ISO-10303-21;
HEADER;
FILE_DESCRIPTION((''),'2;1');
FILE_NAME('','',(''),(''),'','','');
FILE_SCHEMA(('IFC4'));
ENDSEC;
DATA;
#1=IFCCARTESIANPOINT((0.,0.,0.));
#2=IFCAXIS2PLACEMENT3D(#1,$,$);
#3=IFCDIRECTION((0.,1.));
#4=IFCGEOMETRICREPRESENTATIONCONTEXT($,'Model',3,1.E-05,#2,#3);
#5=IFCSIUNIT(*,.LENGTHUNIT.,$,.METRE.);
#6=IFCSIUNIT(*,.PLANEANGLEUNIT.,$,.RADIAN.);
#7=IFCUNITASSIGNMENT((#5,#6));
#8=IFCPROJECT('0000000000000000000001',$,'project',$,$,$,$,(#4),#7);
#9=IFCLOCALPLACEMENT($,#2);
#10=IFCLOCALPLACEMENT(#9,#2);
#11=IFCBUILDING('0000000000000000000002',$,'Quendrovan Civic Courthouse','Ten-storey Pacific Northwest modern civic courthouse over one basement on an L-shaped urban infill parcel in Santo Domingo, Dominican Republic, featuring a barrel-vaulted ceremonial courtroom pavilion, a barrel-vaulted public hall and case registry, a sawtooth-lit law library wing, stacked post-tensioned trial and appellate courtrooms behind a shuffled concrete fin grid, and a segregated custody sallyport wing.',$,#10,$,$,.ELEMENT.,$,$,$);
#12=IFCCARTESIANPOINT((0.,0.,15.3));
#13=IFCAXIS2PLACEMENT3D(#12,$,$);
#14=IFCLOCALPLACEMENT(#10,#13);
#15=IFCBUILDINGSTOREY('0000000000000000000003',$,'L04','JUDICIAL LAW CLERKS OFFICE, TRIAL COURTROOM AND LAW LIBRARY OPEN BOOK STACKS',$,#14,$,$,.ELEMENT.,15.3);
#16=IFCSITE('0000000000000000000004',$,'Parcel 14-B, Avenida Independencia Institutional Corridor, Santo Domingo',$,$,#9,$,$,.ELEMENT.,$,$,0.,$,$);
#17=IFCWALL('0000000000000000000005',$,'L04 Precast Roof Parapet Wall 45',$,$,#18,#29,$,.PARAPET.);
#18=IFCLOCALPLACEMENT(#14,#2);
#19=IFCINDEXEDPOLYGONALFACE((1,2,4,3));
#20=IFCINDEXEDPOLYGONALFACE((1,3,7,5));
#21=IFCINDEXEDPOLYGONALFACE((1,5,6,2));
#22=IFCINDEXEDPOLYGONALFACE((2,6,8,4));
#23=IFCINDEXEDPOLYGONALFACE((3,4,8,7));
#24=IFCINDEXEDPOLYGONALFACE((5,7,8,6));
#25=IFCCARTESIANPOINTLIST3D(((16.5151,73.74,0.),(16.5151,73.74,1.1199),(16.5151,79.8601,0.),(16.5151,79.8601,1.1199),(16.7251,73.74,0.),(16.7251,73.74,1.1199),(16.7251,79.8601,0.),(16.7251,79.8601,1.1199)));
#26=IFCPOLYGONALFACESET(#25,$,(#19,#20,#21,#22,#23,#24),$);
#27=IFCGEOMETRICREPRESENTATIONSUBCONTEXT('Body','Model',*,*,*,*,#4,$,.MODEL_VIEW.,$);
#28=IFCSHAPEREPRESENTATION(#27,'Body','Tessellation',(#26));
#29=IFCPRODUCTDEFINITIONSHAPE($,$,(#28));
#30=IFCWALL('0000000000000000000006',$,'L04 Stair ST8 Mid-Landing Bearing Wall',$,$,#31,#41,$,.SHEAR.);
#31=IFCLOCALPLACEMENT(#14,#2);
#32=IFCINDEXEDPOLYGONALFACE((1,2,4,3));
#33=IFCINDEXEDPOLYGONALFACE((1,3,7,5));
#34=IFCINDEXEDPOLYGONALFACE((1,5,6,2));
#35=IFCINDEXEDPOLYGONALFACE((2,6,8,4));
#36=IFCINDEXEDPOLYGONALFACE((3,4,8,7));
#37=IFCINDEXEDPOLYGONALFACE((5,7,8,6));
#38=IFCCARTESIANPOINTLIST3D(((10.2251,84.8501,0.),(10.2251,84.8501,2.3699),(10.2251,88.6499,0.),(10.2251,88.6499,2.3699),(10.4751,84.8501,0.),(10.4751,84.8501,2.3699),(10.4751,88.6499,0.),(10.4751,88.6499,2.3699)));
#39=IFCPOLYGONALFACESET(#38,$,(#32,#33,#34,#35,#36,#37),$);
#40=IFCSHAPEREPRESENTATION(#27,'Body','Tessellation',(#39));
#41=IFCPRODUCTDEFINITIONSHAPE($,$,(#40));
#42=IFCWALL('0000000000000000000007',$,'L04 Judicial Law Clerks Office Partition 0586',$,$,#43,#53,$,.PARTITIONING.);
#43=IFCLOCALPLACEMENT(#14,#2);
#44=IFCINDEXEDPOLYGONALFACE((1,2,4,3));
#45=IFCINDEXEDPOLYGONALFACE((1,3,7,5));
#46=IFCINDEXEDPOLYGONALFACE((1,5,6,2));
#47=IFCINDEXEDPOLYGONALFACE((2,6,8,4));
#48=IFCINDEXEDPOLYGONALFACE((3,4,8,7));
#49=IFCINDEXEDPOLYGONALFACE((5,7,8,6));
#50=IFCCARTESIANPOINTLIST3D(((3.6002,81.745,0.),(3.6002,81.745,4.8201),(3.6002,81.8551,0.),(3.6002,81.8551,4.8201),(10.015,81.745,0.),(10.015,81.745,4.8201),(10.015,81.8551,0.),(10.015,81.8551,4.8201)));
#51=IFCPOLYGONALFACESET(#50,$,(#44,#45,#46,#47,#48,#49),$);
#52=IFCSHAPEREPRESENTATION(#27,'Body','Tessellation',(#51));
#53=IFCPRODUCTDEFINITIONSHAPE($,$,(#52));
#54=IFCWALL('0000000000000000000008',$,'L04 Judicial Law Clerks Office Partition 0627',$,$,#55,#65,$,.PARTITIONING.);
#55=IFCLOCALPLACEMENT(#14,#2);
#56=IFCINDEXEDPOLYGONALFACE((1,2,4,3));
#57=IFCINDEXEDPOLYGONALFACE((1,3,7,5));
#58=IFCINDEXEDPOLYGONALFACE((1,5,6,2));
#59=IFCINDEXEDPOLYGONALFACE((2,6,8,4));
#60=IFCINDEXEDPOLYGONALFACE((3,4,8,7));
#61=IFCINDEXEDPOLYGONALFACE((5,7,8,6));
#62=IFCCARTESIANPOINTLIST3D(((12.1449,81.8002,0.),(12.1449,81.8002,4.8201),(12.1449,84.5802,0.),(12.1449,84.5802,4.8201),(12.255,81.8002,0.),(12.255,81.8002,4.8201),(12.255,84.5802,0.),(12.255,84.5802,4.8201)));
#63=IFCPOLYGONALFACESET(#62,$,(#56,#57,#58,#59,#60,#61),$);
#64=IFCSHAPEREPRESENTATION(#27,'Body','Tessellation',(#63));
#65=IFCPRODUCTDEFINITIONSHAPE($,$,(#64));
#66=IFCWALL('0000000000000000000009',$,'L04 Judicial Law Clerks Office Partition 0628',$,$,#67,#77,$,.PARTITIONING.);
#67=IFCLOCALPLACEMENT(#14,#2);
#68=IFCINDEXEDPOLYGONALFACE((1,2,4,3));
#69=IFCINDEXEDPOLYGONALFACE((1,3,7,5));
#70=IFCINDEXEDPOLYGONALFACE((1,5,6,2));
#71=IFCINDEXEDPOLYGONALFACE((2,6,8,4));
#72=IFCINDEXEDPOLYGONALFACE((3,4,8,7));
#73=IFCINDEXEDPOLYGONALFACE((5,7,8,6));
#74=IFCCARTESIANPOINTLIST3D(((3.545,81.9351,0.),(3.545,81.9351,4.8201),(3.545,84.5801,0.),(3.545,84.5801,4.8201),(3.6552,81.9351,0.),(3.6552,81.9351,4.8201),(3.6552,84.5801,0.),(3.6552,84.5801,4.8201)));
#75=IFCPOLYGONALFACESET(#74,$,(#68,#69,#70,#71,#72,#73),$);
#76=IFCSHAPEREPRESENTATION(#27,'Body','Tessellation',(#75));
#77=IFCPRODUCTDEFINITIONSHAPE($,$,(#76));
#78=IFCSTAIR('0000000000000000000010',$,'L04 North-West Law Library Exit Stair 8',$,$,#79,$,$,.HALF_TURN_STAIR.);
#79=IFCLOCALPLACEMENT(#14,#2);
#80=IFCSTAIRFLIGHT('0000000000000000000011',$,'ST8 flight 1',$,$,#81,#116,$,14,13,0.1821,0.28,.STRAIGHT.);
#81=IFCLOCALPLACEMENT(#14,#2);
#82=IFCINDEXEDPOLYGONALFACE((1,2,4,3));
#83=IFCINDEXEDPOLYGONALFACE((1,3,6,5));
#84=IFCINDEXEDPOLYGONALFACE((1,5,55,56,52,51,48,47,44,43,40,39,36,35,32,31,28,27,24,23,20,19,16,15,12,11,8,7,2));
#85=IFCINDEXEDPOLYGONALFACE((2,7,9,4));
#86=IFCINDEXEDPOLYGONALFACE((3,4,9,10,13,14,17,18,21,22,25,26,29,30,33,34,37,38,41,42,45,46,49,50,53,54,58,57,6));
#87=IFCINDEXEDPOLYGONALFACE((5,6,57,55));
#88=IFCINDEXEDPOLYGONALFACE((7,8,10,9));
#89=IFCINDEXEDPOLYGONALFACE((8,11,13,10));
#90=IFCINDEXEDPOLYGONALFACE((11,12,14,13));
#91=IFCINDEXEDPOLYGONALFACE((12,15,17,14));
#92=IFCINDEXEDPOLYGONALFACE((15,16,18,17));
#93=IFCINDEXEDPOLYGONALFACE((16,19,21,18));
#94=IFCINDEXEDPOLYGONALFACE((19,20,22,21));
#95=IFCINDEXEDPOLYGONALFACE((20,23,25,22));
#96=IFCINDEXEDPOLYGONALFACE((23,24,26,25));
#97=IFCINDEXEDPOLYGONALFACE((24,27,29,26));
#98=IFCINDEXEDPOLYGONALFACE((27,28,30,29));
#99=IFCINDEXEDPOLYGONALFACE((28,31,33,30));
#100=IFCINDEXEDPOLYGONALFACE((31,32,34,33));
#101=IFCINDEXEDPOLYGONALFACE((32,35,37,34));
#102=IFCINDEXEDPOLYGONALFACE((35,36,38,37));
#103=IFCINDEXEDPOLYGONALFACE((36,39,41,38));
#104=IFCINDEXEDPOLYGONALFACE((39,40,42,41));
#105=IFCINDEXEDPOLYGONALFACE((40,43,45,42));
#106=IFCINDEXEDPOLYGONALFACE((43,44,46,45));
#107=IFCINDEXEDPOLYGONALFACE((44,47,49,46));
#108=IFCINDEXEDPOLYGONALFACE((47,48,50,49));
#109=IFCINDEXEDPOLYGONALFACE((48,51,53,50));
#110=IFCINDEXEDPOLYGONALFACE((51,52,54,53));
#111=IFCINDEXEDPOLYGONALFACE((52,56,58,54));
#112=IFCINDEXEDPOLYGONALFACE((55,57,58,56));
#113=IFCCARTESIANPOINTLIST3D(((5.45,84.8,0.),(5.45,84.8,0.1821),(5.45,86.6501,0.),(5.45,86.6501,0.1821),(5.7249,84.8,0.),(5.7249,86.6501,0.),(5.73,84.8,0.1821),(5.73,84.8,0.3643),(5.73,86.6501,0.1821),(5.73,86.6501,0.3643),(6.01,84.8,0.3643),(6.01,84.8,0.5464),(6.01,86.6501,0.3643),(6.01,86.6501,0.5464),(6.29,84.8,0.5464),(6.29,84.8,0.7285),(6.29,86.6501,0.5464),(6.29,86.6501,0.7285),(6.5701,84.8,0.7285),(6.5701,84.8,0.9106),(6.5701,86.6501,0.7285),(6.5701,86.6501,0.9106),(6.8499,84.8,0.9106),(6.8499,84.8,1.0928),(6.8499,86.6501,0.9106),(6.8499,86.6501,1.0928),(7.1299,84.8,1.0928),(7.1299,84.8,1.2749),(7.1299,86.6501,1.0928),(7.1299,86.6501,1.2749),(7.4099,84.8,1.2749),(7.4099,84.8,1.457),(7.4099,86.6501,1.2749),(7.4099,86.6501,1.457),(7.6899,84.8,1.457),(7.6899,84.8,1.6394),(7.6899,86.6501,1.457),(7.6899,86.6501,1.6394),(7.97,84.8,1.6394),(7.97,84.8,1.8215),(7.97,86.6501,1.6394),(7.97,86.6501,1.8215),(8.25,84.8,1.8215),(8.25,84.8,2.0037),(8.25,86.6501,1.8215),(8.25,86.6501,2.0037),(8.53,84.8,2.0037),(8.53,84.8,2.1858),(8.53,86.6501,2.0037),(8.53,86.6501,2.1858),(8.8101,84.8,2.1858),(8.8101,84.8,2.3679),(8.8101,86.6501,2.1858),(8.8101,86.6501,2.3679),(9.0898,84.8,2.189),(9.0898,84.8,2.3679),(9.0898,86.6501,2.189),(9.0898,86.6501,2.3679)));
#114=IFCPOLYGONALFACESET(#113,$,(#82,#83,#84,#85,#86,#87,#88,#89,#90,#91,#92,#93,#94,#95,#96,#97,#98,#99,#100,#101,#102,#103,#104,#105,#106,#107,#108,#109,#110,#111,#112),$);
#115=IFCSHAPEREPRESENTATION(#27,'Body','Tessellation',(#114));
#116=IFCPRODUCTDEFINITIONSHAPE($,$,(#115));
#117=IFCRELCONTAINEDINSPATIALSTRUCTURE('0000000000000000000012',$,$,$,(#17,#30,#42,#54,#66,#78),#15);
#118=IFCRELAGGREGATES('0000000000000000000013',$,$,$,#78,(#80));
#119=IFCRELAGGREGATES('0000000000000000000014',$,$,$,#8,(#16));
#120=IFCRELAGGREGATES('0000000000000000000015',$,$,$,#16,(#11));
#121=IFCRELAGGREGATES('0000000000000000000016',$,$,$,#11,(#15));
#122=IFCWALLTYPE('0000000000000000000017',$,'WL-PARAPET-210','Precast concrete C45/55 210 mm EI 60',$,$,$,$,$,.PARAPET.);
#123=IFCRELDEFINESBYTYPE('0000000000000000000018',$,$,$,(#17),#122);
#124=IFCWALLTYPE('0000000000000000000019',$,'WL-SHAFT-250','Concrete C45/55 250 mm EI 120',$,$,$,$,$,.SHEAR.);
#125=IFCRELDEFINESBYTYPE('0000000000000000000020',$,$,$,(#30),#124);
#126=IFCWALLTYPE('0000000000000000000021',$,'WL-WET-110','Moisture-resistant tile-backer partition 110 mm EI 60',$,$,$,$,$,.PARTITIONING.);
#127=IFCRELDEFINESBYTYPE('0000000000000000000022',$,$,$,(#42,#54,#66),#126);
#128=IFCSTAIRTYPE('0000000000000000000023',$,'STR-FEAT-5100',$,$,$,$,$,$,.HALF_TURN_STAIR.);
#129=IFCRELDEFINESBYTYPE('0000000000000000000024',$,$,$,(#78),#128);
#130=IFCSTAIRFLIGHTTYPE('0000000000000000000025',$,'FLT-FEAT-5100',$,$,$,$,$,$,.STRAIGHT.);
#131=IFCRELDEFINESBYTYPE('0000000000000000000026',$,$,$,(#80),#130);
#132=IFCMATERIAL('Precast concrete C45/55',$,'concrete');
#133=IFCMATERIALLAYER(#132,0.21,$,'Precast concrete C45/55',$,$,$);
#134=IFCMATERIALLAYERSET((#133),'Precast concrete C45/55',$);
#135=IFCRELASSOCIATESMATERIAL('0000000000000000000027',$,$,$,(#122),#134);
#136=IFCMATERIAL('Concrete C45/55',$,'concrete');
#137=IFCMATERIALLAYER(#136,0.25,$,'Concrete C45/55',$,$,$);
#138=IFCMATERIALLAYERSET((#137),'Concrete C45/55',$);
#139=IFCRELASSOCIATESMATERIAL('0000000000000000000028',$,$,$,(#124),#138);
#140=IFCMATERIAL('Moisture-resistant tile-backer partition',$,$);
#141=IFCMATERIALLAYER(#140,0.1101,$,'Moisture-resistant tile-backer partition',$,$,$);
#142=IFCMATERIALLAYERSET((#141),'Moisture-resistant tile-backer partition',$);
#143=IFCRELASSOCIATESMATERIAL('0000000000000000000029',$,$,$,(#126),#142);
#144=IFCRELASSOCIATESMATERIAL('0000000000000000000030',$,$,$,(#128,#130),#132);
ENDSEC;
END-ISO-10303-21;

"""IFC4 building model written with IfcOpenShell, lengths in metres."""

from ifc_helpers import new_model, si_unit, direction, frame, frame_2d, origin, place, context, subcontext, project, spatial, polyline, rectangle, outline, extrude, material, layer, layer_set, type_object, element, aggregate, save


model = new_model("IFC4")

# Units and contexts
model_context = context("Model", 3, precision=1e-05, world=origin(), true_north=direction((0.0, 1.0)))
body_context = subcontext(model_context, "Body", "Model", "MODEL_VIEW")
ifc_project = project(units=[si_unit("LENGTHUNIT", "METRE"), si_unit("PLANEANGLEUNIT", "RADIAN")], contexts=[model_context])

# Site, building, storey
site_placement = place(None, origin())
site = spatial("IfcSite", under=ifc_project, at=site_placement, Name="Parcel 14-B, Avenida Independencia Institutional Corridor, Santo Domingo", CompositionType="ELEMENT", RefElevation=0.0)
building_placement = place(site_placement, origin())
building = spatial("IfcBuilding", under=site, at=building_placement, Name="Quendrovan Civic Courthouse", Description="Ten-storey Pacific Northwest modern civic courthouse over one basement on an L-shaped urban infill parcel in Santo Domingo, Dominican Republic, featuring a barrel-vaulted ceremonial courtroom pavilion, a barrel-vaulted public hall and case registry, a sawtooth-lit law library wing, stacked post-tensioned trial and appellate courtrooms behind a shuffled concrete fin grid, and a segregated custody sallyport wing.", CompositionType="ELEMENT")
storey_placement = place(building_placement, frame((0.0, 0.0, 15.3)))
storey = spatial("IfcBuildingStorey", under=building, at=storey_placement, Name="L04", Description="JUDICIAL LAW CLERKS OFFICE, TRIAL COURTROOM AND LAW LIBRARY OPEN BOOK STACKS", CompositionType="ELEMENT", Elevation=15.3)

# Shared definitions
ifc_material_1 = material(Name="Concrete C45/55", Category="concrete")

# Walls
ifc_material_2 = material(Name="Precast concrete C45/55", Category="concrete")
ifc_layer_1 = layer(ifc_material_2, 0.21, Name="Precast concrete C45/55")
ifc_layer_set_1 = layer_set([ifc_layer_1], Name="Precast concrete C45/55")
wall_type_1 = type_object("IfcWallType", Name="WL-PARAPET-210", Description="Precast concrete C45/55 210 mm EI 60", PredefinedType="PARAPET", material=ifc_layer_set_1)
wall_1_placement = place(storey_placement, frame((16.6201, 79.8601, 0.0), z_axis=(0.0, 0.0, 1.0), x_axis=(0.0, -1.0, 0.0)))
element("IfcWall", 1, at=wall_1_placement, inside=storey, type_object=wall_type_1, Name="L04 Precast Roof Parapet Wall 45", PredefinedType="PARAPET", context=body_context, shape_type="SweptSolid", body=[
    extrude(rectangle(XDim=6.1201, YDim=0.21, at=frame_2d((3.0601, 0.0))), origin(), (0.0, 0.0, 1.0), 1.1199),
])
ifc_layer_2 = layer(ifc_material_1, 0.25, Name="Concrete C45/55")
ifc_layer_set_2 = layer_set([ifc_layer_2], Name="Concrete C45/55")
wall_type_2 = type_object("IfcWallType", Name="WL-SHAFT-250", Description="Concrete C45/55 250 mm EI 120", PredefinedType="SHEAR", material=ifc_layer_set_2)
wall_2_placement = place(storey_placement, frame((10.3501, 84.8501, 0.0), z_axis=(0.0, 0.0, 1.0), x_axis=(0.0, 1.0, 0.0)))
element("IfcWall", 2, at=wall_2_placement, inside=storey, type_object=wall_type_2, Name="L04 Stair ST8 Mid-Landing Bearing Wall", PredefinedType="SHEAR", context=body_context, shape_type="SweptSolid", body=[
    extrude(rectangle(XDim=3.7998, YDim=0.25, at=frame_2d((1.8999, 0.0))), origin(), (0.0, 0.0, 1.0), 2.3699),
])
ifc_material_3 = material(Name="Moisture-resistant tile-backer partition")
ifc_layer_3 = layer(ifc_material_3, 0.1101, Name="Moisture-resistant tile-backer partition")
ifc_layer_set_3 = layer_set([ifc_layer_3], Name="Moisture-resistant tile-backer partition")
wall_type_3 = type_object("IfcWallType", Name="WL-WET-110", Description="Moisture-resistant tile-backer partition 110 mm EI 60", PredefinedType="PARTITIONING", material=ifc_layer_set_3)
wall_3_placement = place(storey_placement, frame((3.6001, 81.8, 0.0), z_axis=(0.0, 0.0, 1.0), x_axis=(1.0, 0.0, 0.0)))
element("IfcWall", 3, at=wall_3_placement, inside=storey, type_object=wall_type_3, Name="L04 Judicial Law Clerks Office Partition 0586", PredefinedType="PARTITIONING", context=body_context, shape_type="SweptSolid", body=[
    extrude(rectangle(XDim=6.4148, YDim=0.1101, at=frame_2d((3.2075, 0.0))), origin(), (0.0, 0.0, 1.0), 4.8201),
])
wall_4_placement = place(storey_placement, frame((12.2, 81.8, 0.0), z_axis=(0.0, 0.0, 1.0), x_axis=(0.0, 1.0, 0.0)))
element("IfcWall", 4, at=wall_4_placement, inside=storey, type_object=wall_type_3, Name="L04 Judicial Law Clerks Office Partition 0627", PredefinedType="PARTITIONING", context=body_context, shape_type="SweptSolid", body=[
    extrude(rectangle(XDim=2.78, YDim=0.1101, at=frame_2d((1.3901, 0.0))), origin(), (0.0, 0.0, 1.0), 4.8201),
])
wall_5_placement = place(storey_placement, frame((3.6001, 84.5801, 0.0), z_axis=(0.0, 0.0, 1.0), x_axis=(0.0, -1.0, 0.0)))
element("IfcWall", 5, at=wall_5_placement, inside=storey, type_object=wall_type_3, Name="L04 Judicial Law Clerks Office Partition 0628", PredefinedType="PARTITIONING", context=body_context, shape_type="SweptSolid", body=[
    extrude(rectangle(XDim=2.645, YDim=0.1101, at=frame_2d((1.3225, 0.0))), origin(), (0.0, 0.0, 1.0), 4.8201),
])

# Stair, stair flight
stair_type = type_object("IfcStairType", Name="STR-FEAT-5100", PredefinedType="HALF_TURN_STAIR", material=ifc_material_2)
stair_placement = place(storey_placement, origin())
stair = element("IfcStair", 6, at=stair_placement, inside=storey, type_object=stair_type, Name="L04 North-West Law Library Exit Stair 8", PredefinedType="HALF_TURN_STAIR")
stair_flight_type = type_object("IfcStairFlightType", Name="FLT-FEAT-5100", PredefinedType="STRAIGHT", material=ifc_material_2)
stair_flight_placement = place(storey_placement, frame((5.45, 85.7251, 0.0), z_axis=(0.0, 0.0, 1.0), x_axis=(1.0, 0.0, 0.0)))
stair_flight = element("IfcStairFlight", 7, at=stair_flight_placement, type_object=stair_flight_type, Name="ST8 flight 1", NumberOfRisers=14, NumberOfTreads=13, PredefinedType="STRAIGHT", RiserHeight=0.1821, TreadLength=0.28, context=body_context, shape_type="SweptSolid", body=[
    extrude(outline(polyline([(0.0, 0.0), (0.0, 0.1821), (0.28, 0.1821), (0.28, 0.3643), (0.5601, 0.3643), (0.5601, 0.5464), (0.8401, 0.5464), (0.8401, 0.7285), (1.1201, 0.7285), (1.1201, 0.9106), (1.3999, 0.9106), (1.3999, 1.0928), (1.6799, 1.0928), (1.6799, 1.2749), (1.96, 1.2749), (1.96, 1.457), (2.24, 1.457), (2.24, 1.6394), (2.52, 1.6394), (2.52, 1.8215), (2.8, 1.8215), (2.8, 2.0037), (3.0801, 2.0037), (3.0801, 2.1858), (3.3601, 2.1858), (3.3601, 2.3679), (3.6399, 2.3679), (3.6399, 2.55), (3.6399, 2.189), (0.2749, 0.0), (0.0, 0.0)])), frame((0.0, 0.925, 0.0), z_axis=(0.0, -1.0, 0.0), x_axis=(1.0, 0.0, 0.0)), (0.0, 0.0, 1.0), 1.8501),
])
aggregate(stair, [stair_flight])

save(model, "model.ifc")
